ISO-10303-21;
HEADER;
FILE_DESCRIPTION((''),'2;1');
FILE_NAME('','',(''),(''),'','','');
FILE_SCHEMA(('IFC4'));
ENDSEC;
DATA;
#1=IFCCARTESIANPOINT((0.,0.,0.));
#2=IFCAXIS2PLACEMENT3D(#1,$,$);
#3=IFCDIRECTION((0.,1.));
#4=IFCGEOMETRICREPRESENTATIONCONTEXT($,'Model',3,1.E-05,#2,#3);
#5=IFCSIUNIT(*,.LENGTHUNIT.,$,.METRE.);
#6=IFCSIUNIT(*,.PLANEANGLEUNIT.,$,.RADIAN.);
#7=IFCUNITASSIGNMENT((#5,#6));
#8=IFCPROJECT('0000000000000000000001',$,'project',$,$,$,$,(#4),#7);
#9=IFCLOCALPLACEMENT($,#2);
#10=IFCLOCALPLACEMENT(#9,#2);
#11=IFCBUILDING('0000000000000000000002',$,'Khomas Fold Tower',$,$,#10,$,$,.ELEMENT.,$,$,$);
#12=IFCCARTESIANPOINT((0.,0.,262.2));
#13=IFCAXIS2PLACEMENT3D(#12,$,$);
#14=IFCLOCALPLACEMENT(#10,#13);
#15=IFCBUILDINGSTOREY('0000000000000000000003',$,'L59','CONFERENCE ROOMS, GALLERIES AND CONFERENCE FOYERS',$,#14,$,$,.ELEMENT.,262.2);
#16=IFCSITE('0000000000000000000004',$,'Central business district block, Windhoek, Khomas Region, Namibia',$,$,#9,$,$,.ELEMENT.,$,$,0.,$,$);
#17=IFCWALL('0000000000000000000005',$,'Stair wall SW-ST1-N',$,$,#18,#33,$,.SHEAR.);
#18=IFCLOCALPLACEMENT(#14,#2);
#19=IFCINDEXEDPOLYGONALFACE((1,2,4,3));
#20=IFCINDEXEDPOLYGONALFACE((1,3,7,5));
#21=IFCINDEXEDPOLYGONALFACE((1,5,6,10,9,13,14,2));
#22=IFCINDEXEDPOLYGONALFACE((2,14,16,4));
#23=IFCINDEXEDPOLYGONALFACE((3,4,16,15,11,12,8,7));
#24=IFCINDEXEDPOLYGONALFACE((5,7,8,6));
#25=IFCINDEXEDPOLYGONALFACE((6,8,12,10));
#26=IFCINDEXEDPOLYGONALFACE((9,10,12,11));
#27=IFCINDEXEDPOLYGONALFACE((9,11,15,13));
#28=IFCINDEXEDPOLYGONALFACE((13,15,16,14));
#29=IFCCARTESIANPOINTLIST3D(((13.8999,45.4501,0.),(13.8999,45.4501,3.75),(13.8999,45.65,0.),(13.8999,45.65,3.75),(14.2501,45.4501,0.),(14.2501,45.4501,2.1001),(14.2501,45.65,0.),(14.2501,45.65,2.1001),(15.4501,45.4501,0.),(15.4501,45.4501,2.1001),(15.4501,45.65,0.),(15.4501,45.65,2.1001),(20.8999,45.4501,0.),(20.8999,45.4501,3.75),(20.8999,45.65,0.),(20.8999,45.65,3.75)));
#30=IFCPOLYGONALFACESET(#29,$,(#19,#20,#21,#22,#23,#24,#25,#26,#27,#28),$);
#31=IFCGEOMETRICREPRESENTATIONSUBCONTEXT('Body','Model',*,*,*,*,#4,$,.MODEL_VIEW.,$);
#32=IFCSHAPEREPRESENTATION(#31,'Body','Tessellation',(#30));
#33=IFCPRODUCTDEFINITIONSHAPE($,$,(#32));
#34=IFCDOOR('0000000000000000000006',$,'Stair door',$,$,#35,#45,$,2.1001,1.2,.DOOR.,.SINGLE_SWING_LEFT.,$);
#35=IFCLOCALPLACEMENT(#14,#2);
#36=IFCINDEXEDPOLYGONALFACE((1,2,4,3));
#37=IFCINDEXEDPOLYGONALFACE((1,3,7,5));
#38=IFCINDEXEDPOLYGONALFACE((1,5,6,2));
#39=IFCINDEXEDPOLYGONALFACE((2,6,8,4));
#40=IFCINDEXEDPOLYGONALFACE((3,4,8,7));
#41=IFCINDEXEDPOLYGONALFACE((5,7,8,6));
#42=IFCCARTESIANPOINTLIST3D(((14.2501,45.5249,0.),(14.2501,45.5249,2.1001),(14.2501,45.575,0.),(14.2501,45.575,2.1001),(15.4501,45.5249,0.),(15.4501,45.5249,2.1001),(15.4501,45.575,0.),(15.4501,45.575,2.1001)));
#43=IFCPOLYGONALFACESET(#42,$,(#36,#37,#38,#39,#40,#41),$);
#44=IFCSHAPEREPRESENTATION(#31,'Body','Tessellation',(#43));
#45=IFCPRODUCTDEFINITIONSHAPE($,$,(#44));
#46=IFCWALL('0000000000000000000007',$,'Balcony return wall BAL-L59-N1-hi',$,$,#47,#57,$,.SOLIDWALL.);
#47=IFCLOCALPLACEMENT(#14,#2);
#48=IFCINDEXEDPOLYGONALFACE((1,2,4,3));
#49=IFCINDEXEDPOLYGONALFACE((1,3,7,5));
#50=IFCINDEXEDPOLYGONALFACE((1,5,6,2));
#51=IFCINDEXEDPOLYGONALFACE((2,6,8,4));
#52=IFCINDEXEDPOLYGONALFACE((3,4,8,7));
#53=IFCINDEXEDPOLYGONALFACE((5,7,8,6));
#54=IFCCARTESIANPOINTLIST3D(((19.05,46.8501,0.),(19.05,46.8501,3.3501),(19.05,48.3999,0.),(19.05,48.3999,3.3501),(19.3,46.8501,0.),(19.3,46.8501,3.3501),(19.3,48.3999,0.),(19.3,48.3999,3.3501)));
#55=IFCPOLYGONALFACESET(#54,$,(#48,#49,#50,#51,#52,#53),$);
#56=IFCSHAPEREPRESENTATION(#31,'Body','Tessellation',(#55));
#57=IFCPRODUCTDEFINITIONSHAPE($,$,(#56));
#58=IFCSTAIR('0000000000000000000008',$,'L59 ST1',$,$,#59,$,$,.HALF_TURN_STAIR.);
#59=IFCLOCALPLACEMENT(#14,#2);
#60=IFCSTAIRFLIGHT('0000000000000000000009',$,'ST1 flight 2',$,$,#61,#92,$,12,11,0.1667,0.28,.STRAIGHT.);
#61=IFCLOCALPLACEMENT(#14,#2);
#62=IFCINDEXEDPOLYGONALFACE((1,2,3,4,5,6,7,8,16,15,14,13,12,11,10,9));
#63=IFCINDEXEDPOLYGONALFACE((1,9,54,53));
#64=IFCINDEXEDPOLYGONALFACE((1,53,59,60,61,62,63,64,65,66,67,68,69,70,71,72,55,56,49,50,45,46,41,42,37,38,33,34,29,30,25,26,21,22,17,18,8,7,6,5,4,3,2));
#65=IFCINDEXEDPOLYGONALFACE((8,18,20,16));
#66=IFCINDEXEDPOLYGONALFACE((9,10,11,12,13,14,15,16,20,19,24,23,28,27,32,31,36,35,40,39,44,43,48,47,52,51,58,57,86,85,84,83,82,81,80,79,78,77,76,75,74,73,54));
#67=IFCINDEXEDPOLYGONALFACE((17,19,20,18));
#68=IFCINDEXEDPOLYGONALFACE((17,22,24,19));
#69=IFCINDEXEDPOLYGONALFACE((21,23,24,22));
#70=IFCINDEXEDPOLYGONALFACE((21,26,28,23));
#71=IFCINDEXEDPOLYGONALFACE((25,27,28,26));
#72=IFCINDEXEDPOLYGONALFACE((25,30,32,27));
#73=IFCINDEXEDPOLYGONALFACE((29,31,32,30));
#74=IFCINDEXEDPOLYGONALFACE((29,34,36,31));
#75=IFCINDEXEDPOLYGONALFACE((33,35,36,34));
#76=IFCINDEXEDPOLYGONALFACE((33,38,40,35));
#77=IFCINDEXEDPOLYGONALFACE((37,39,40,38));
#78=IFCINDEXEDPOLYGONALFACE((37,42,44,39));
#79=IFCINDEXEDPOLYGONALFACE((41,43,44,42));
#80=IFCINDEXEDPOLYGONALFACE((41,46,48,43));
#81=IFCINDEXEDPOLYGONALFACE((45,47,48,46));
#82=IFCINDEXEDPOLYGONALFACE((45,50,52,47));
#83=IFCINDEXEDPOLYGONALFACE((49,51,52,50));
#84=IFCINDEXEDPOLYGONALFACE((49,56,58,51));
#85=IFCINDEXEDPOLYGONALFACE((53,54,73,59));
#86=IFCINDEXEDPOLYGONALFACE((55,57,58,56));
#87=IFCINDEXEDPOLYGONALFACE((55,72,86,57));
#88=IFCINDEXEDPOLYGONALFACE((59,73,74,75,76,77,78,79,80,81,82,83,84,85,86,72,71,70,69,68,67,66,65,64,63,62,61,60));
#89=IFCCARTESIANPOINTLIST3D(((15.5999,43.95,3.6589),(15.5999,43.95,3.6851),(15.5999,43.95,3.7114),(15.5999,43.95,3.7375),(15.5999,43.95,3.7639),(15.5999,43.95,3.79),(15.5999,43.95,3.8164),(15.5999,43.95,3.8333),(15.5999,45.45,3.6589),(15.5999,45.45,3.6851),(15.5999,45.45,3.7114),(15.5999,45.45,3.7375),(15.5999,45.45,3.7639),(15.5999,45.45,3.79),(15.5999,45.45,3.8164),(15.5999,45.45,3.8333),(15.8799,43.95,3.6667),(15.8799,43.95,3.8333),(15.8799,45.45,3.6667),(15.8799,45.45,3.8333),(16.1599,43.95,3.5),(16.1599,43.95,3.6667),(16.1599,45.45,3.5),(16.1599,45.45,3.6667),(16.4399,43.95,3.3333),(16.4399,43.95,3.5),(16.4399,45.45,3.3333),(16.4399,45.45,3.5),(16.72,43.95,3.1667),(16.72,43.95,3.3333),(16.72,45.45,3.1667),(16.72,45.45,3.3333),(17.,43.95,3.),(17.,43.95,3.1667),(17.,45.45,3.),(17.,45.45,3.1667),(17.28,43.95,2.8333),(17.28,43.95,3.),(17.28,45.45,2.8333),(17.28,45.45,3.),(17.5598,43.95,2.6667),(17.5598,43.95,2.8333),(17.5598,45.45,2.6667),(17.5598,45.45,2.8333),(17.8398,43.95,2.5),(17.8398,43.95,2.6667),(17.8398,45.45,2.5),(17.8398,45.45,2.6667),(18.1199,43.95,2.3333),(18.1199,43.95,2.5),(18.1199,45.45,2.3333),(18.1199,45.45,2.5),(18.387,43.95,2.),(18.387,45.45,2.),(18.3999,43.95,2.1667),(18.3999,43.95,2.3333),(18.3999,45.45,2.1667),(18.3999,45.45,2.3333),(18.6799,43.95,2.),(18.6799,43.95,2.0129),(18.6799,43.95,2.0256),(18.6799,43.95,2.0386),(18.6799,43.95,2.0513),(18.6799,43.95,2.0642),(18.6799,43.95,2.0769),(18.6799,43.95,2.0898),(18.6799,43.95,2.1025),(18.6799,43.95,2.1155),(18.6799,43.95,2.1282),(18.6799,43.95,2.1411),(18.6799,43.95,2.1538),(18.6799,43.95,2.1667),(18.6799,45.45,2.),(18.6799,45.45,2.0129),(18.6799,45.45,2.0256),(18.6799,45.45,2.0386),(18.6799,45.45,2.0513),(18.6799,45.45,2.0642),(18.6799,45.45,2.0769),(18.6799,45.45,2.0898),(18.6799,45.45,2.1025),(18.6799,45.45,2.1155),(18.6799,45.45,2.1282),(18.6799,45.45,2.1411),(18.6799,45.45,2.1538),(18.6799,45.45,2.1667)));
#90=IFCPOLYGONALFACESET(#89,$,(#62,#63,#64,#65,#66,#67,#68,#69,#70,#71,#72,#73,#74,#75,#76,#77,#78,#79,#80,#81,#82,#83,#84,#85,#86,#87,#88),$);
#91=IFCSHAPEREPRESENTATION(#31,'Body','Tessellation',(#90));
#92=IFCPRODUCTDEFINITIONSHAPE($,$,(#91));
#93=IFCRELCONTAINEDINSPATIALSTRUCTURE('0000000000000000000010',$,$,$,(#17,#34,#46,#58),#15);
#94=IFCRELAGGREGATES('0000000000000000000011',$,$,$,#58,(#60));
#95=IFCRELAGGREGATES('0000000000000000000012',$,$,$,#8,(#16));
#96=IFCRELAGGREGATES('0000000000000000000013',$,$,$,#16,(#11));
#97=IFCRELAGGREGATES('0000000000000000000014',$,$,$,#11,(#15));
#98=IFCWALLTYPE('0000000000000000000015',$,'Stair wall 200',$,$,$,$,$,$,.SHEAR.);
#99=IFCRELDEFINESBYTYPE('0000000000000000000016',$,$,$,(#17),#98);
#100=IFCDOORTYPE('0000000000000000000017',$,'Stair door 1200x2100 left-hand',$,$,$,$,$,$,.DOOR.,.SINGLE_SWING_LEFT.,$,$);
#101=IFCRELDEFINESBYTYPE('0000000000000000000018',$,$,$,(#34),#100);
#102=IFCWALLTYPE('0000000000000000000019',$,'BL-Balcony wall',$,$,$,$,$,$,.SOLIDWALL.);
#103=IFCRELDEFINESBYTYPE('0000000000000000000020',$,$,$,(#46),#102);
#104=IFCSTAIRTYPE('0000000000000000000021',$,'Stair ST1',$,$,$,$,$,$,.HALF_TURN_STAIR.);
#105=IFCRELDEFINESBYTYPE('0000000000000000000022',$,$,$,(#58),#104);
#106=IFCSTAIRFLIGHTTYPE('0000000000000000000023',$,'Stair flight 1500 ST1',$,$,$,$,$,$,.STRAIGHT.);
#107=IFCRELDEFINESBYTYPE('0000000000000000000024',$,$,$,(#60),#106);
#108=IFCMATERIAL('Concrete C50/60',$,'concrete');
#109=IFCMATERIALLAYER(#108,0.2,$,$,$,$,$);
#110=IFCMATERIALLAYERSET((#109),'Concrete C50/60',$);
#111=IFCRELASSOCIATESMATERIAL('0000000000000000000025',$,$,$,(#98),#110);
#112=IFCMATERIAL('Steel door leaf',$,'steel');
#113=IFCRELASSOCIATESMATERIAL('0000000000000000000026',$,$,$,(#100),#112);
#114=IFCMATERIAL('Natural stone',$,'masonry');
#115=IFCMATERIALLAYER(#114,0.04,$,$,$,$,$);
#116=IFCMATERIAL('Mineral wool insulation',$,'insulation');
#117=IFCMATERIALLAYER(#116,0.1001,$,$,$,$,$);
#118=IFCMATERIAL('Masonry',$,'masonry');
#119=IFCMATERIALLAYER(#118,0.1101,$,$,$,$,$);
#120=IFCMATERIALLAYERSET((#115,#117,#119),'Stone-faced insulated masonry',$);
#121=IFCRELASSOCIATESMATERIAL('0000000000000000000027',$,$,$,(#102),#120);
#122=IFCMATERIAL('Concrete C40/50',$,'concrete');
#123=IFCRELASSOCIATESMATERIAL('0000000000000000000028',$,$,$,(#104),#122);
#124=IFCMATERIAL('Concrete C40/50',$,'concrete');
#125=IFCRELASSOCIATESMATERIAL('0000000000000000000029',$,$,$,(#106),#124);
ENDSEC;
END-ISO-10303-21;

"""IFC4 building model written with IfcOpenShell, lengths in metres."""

from ifc_helpers import new_model, si_unit, direction, frame, frame_2d, origin, place, context, subcontext, project, spatial, polyline, rectangle, outline, extrude, source, transform, mapped, material, layer, layer_set, type_object, element, fill, aggregate, save


model = new_model("IFC4")

# Units and contexts
model_context = context("Model", 3, precision=1e-05, world=origin(), true_north=direction((0.0, 1.0)))
body_context = subcontext(model_context, "Body", "Model", "MODEL_VIEW")
ifc_project = project(units=[si_unit("LENGTHUNIT", "METRE"), si_unit("PLANEANGLEUNIT", "RADIAN")], contexts=[model_context])

# Site, building, storey
site_placement = place(None, origin())
site = spatial("IfcSite", under=ifc_project, at=site_placement, Name="Central business district block, Windhoek, Khomas Region, Namibia", CompositionType="ELEMENT", RefElevation=0.0)
building_placement = place(site_placement, origin())
building = spatial("IfcBuilding", under=site, at=building_placement, Name="Khomas Fold Tower", CompositionType="ELEMENT")
storey_placement = place(building_placement, frame((0.0, 0.0, 262.2)))
storey = spatial("IfcBuildingStorey", under=building, at=storey_placement, Name="L59", Description="CONFERENCE ROOMS, GALLERIES AND CONFERENCE FOYERS", CompositionType="ELEMENT", Elevation=262.2)

# Wall, opening, door
ifc_material_1 = material(Name="Concrete C50/60", Category="concrete")
ifc_layer_1 = layer(ifc_material_1, 0.2)
ifc_layer_set_1 = layer_set([ifc_layer_1], Name="Concrete C50/60")
wall_type_1 = type_object("IfcWallType", Name="Stair wall 200", PredefinedType="SHEAR", material=ifc_layer_set_1)
shared_shape_1 = source(origin(), body_context, "Body", "SweptSolid", [
    extrude(rectangle(XDim=7.0, YDim=0.2, at=frame_2d((3.5, 0.0))), origin(), (0.0, 0.0, 1.0), 3.75),
])
wall_1_placement = place(storey_placement, frame((13.8999, 45.55, 0.0), z_axis=(0.0, 0.0, 1.0), x_axis=(1.0, 0.0, 0.0)))
wall_1 = element("IfcWall", 1, at=wall_1_placement, inside=storey, type_object=wall_type_1, Name="Stair wall SW-ST1-N", PredefinedType="SHEAR", context=body_context, shape_type="MappedRepresentation", body=[
    mapped(shared_shape_1, transform((0.0, 0.0, 0.0))),
])
shared_shape_2 = source(origin(), body_context, "Body", "SweptSolid", [
    extrude(rectangle(XDim=1.2, YDim=2.1001, at=frame_2d((0.6001, 1.05))), frame((0.0, 0.1099, 0.0), z_axis=(0.0, -1.0, 0.0), x_axis=(1.0, 0.0, 0.0)), (0.0, 0.0, 1.0), 0.22),
])
opening_1_placement = place(wall_1_placement, frame((0.3501, 0.0, 0.0)))
opening_1 = element("IfcOpeningElement", 2, at=opening_1_placement, cuts=wall_1, PredefinedType="OPENING", context=body_context, shape_type="MappedRepresentation", body=[
    mapped(shared_shape_2, transform((0.0, 0.0, 0.0))),
])
ifc_material_2 = material(Name="Steel door leaf", Category="steel")
door_type_1 = type_object("IfcDoorType", Name="Stair door 1200x2100 left-hand", OperationType="SINGLE_SWING_LEFT", PredefinedType="DOOR", material=ifc_material_2)
shared_shape_3 = source(origin(), body_context, "Body", "SweptSolid", [
    extrude(rectangle(XDim=1.2, YDim=2.1001, at=frame_2d((0.6001, 1.05))), frame((0.0, 0.0249, 0.0), z_axis=(0.0, -1.0, 0.0), x_axis=(1.0, 0.0, 0.0)), (0.0, 0.0, 1.0), 0.05),
])
door_1_placement = place(opening_1_placement, origin())
door_1 = element("IfcDoor", 3, at=door_1_placement, inside=storey, type_object=door_type_1, Name="Stair door", OperationType="SINGLE_SWING_LEFT", OverallHeight=2.1001, OverallWidth=1.2, PredefinedType="DOOR", context=body_context, shape_type="MappedRepresentation", body=[
    mapped(shared_shape_3, transform((0.0, 0.0, 0.0))),
])
fill(opening_1, door_1)

# Shared definitions
ifc_material_3 = material(Name="Natural stone", Category="masonry")
ifc_layer_2 = layer(ifc_material_3, 0.04)
ifc_material_4 = material(Name="Mineral wool insulation", Category="insulation")
ifc_layer_3 = layer(ifc_material_4, 0.1001)
ifc_material_5 = material(Name="Masonry", Category="masonry")
ifc_layer_4 = layer(ifc_material_5, 0.1101)
ifc_layer_set_2 = layer_set([ifc_layer_2, ifc_layer_3, ifc_layer_4], Name="Stone-faced insulated masonry")
wall_type_2 = type_object("IfcWallType", Name="BL-Balcony wall", PredefinedType="SOLIDWALL", material=ifc_layer_set_2)

# Wall
shared_shape_4 = source(origin(), body_context, "Body", "SweptSolid", [
    extrude(rectangle(XDim=1.5498, YDim=0.25, at=frame_2d((0.7749, 0.0))), origin(), (0.0, 0.0, 1.0), 3.3501),
])
wall_2_placement = place(storey_placement, frame((19.175, 48.3999, 0.0), z_axis=(0.0, 0.0, 1.0), x_axis=(0.0, -1.0, 0.0)))
element("IfcWall", 4, at=wall_2_placement, inside=storey, type_object=wall_type_2, Name="Balcony return wall BAL-L59-N1-hi", PredefinedType="SOLIDWALL", context=body_context, shape_type="MappedRepresentation", body=[
    mapped(shared_shape_4, transform((0.0, 0.0, 0.0))),
])

# Stair, stair flight
ifc_material_6 = material(Name="Concrete C40/50", Category="concrete")
stair_type = type_object("IfcStairType", Name="Stair ST1", PredefinedType="HALF_TURN_STAIR", material=ifc_material_6)
stair_placement = place(storey_placement, origin())
stair = element("IfcStair", 5, at=stair_placement, inside=storey, type_object=stair_type, Name="L59 ST1", PredefinedType="HALF_TURN_STAIR")
ifc_material_7 = material(Name="Concrete C40/50", Category="concrete")
stair_flight_type = type_object("IfcStairFlightType", Name="Stair flight 1500 ST1", PredefinedType="STRAIGHT", material=ifc_material_7)
shared_shape_5 = source(origin(), body_context, "Body", "SweptSolid", [
    extrude(outline(polyline([(0.0, 0.0), (0.0, 0.0129), (0.0, 0.0256), (0.0, 0.0386), (0.0, 0.0513), (0.0, 0.0642), (0.0, 0.0769), (0.0, 0.0898), (0.0, 0.1025), (0.0, 0.1155), (0.0, 0.1282), (0.0, 0.1411), (0.0, 0.1538), (0.0, 0.1667), (0.28, 0.1667), (0.28, 0.3333), (0.5601, 0.3333), (0.5601, 0.5), (0.8401, 0.5), (0.8401, 0.6667), (1.1201, 0.6667), (1.1201, 0.8333), (1.3999, 0.8333), (1.3999, 1.0), (1.6799, 1.0), (1.6799, 1.1667), (1.96, 1.1667), (1.96, 1.3333), (2.24, 1.3333), (2.24, 1.5), (2.52, 1.5), (2.52, 1.6667), (2.8, 1.6667), (2.8, 1.8333), (3.0801, 1.8333), (3.0801, 2.0), (3.0801, 1.9739), (3.0801, 1.9475), (3.0801, 1.9214), (3.0801, 1.895), (3.0801, 1.8689), (3.0801, 1.8425), (3.0801, 1.8164), (3.0801, 1.79), (3.0801, 1.7639), (3.0801, 1.7375), (3.0801, 1.7114), (3.0801, 1.6851), (3.0801, 1.6589), (0.293, 0.0), (0.0, 0.0)])), frame((0.0, 0.75, 0.0), z_axis=(0.0, -1.0, 0.0), x_axis=(1.0, 0.0, 0.0)), (0.0, 0.0, 1.0), 1.5),
])
stair_flight_placement = place(storey_placement, frame((18.6799, 44.7, 2.0), z_axis=(0.0, 0.0, 1.0), x_axis=(-1.0, 0.0, 0.0)))
stair_flight = element("IfcStairFlight", 6, at=stair_flight_placement, type_object=stair_flight_type, Name="ST1 flight 2", NumberOfRisers=12, NumberOfTreads=11, PredefinedType="STRAIGHT", RiserHeight=0.1667, TreadLength=0.28, context=body_context, shape_type="MappedRepresentation", body=[
    mapped(shared_shape_5, transform((0.0, 0.0, 0.0))),
])
aggregate(stair, [stair_flight])

save(model, "model.ifc")
